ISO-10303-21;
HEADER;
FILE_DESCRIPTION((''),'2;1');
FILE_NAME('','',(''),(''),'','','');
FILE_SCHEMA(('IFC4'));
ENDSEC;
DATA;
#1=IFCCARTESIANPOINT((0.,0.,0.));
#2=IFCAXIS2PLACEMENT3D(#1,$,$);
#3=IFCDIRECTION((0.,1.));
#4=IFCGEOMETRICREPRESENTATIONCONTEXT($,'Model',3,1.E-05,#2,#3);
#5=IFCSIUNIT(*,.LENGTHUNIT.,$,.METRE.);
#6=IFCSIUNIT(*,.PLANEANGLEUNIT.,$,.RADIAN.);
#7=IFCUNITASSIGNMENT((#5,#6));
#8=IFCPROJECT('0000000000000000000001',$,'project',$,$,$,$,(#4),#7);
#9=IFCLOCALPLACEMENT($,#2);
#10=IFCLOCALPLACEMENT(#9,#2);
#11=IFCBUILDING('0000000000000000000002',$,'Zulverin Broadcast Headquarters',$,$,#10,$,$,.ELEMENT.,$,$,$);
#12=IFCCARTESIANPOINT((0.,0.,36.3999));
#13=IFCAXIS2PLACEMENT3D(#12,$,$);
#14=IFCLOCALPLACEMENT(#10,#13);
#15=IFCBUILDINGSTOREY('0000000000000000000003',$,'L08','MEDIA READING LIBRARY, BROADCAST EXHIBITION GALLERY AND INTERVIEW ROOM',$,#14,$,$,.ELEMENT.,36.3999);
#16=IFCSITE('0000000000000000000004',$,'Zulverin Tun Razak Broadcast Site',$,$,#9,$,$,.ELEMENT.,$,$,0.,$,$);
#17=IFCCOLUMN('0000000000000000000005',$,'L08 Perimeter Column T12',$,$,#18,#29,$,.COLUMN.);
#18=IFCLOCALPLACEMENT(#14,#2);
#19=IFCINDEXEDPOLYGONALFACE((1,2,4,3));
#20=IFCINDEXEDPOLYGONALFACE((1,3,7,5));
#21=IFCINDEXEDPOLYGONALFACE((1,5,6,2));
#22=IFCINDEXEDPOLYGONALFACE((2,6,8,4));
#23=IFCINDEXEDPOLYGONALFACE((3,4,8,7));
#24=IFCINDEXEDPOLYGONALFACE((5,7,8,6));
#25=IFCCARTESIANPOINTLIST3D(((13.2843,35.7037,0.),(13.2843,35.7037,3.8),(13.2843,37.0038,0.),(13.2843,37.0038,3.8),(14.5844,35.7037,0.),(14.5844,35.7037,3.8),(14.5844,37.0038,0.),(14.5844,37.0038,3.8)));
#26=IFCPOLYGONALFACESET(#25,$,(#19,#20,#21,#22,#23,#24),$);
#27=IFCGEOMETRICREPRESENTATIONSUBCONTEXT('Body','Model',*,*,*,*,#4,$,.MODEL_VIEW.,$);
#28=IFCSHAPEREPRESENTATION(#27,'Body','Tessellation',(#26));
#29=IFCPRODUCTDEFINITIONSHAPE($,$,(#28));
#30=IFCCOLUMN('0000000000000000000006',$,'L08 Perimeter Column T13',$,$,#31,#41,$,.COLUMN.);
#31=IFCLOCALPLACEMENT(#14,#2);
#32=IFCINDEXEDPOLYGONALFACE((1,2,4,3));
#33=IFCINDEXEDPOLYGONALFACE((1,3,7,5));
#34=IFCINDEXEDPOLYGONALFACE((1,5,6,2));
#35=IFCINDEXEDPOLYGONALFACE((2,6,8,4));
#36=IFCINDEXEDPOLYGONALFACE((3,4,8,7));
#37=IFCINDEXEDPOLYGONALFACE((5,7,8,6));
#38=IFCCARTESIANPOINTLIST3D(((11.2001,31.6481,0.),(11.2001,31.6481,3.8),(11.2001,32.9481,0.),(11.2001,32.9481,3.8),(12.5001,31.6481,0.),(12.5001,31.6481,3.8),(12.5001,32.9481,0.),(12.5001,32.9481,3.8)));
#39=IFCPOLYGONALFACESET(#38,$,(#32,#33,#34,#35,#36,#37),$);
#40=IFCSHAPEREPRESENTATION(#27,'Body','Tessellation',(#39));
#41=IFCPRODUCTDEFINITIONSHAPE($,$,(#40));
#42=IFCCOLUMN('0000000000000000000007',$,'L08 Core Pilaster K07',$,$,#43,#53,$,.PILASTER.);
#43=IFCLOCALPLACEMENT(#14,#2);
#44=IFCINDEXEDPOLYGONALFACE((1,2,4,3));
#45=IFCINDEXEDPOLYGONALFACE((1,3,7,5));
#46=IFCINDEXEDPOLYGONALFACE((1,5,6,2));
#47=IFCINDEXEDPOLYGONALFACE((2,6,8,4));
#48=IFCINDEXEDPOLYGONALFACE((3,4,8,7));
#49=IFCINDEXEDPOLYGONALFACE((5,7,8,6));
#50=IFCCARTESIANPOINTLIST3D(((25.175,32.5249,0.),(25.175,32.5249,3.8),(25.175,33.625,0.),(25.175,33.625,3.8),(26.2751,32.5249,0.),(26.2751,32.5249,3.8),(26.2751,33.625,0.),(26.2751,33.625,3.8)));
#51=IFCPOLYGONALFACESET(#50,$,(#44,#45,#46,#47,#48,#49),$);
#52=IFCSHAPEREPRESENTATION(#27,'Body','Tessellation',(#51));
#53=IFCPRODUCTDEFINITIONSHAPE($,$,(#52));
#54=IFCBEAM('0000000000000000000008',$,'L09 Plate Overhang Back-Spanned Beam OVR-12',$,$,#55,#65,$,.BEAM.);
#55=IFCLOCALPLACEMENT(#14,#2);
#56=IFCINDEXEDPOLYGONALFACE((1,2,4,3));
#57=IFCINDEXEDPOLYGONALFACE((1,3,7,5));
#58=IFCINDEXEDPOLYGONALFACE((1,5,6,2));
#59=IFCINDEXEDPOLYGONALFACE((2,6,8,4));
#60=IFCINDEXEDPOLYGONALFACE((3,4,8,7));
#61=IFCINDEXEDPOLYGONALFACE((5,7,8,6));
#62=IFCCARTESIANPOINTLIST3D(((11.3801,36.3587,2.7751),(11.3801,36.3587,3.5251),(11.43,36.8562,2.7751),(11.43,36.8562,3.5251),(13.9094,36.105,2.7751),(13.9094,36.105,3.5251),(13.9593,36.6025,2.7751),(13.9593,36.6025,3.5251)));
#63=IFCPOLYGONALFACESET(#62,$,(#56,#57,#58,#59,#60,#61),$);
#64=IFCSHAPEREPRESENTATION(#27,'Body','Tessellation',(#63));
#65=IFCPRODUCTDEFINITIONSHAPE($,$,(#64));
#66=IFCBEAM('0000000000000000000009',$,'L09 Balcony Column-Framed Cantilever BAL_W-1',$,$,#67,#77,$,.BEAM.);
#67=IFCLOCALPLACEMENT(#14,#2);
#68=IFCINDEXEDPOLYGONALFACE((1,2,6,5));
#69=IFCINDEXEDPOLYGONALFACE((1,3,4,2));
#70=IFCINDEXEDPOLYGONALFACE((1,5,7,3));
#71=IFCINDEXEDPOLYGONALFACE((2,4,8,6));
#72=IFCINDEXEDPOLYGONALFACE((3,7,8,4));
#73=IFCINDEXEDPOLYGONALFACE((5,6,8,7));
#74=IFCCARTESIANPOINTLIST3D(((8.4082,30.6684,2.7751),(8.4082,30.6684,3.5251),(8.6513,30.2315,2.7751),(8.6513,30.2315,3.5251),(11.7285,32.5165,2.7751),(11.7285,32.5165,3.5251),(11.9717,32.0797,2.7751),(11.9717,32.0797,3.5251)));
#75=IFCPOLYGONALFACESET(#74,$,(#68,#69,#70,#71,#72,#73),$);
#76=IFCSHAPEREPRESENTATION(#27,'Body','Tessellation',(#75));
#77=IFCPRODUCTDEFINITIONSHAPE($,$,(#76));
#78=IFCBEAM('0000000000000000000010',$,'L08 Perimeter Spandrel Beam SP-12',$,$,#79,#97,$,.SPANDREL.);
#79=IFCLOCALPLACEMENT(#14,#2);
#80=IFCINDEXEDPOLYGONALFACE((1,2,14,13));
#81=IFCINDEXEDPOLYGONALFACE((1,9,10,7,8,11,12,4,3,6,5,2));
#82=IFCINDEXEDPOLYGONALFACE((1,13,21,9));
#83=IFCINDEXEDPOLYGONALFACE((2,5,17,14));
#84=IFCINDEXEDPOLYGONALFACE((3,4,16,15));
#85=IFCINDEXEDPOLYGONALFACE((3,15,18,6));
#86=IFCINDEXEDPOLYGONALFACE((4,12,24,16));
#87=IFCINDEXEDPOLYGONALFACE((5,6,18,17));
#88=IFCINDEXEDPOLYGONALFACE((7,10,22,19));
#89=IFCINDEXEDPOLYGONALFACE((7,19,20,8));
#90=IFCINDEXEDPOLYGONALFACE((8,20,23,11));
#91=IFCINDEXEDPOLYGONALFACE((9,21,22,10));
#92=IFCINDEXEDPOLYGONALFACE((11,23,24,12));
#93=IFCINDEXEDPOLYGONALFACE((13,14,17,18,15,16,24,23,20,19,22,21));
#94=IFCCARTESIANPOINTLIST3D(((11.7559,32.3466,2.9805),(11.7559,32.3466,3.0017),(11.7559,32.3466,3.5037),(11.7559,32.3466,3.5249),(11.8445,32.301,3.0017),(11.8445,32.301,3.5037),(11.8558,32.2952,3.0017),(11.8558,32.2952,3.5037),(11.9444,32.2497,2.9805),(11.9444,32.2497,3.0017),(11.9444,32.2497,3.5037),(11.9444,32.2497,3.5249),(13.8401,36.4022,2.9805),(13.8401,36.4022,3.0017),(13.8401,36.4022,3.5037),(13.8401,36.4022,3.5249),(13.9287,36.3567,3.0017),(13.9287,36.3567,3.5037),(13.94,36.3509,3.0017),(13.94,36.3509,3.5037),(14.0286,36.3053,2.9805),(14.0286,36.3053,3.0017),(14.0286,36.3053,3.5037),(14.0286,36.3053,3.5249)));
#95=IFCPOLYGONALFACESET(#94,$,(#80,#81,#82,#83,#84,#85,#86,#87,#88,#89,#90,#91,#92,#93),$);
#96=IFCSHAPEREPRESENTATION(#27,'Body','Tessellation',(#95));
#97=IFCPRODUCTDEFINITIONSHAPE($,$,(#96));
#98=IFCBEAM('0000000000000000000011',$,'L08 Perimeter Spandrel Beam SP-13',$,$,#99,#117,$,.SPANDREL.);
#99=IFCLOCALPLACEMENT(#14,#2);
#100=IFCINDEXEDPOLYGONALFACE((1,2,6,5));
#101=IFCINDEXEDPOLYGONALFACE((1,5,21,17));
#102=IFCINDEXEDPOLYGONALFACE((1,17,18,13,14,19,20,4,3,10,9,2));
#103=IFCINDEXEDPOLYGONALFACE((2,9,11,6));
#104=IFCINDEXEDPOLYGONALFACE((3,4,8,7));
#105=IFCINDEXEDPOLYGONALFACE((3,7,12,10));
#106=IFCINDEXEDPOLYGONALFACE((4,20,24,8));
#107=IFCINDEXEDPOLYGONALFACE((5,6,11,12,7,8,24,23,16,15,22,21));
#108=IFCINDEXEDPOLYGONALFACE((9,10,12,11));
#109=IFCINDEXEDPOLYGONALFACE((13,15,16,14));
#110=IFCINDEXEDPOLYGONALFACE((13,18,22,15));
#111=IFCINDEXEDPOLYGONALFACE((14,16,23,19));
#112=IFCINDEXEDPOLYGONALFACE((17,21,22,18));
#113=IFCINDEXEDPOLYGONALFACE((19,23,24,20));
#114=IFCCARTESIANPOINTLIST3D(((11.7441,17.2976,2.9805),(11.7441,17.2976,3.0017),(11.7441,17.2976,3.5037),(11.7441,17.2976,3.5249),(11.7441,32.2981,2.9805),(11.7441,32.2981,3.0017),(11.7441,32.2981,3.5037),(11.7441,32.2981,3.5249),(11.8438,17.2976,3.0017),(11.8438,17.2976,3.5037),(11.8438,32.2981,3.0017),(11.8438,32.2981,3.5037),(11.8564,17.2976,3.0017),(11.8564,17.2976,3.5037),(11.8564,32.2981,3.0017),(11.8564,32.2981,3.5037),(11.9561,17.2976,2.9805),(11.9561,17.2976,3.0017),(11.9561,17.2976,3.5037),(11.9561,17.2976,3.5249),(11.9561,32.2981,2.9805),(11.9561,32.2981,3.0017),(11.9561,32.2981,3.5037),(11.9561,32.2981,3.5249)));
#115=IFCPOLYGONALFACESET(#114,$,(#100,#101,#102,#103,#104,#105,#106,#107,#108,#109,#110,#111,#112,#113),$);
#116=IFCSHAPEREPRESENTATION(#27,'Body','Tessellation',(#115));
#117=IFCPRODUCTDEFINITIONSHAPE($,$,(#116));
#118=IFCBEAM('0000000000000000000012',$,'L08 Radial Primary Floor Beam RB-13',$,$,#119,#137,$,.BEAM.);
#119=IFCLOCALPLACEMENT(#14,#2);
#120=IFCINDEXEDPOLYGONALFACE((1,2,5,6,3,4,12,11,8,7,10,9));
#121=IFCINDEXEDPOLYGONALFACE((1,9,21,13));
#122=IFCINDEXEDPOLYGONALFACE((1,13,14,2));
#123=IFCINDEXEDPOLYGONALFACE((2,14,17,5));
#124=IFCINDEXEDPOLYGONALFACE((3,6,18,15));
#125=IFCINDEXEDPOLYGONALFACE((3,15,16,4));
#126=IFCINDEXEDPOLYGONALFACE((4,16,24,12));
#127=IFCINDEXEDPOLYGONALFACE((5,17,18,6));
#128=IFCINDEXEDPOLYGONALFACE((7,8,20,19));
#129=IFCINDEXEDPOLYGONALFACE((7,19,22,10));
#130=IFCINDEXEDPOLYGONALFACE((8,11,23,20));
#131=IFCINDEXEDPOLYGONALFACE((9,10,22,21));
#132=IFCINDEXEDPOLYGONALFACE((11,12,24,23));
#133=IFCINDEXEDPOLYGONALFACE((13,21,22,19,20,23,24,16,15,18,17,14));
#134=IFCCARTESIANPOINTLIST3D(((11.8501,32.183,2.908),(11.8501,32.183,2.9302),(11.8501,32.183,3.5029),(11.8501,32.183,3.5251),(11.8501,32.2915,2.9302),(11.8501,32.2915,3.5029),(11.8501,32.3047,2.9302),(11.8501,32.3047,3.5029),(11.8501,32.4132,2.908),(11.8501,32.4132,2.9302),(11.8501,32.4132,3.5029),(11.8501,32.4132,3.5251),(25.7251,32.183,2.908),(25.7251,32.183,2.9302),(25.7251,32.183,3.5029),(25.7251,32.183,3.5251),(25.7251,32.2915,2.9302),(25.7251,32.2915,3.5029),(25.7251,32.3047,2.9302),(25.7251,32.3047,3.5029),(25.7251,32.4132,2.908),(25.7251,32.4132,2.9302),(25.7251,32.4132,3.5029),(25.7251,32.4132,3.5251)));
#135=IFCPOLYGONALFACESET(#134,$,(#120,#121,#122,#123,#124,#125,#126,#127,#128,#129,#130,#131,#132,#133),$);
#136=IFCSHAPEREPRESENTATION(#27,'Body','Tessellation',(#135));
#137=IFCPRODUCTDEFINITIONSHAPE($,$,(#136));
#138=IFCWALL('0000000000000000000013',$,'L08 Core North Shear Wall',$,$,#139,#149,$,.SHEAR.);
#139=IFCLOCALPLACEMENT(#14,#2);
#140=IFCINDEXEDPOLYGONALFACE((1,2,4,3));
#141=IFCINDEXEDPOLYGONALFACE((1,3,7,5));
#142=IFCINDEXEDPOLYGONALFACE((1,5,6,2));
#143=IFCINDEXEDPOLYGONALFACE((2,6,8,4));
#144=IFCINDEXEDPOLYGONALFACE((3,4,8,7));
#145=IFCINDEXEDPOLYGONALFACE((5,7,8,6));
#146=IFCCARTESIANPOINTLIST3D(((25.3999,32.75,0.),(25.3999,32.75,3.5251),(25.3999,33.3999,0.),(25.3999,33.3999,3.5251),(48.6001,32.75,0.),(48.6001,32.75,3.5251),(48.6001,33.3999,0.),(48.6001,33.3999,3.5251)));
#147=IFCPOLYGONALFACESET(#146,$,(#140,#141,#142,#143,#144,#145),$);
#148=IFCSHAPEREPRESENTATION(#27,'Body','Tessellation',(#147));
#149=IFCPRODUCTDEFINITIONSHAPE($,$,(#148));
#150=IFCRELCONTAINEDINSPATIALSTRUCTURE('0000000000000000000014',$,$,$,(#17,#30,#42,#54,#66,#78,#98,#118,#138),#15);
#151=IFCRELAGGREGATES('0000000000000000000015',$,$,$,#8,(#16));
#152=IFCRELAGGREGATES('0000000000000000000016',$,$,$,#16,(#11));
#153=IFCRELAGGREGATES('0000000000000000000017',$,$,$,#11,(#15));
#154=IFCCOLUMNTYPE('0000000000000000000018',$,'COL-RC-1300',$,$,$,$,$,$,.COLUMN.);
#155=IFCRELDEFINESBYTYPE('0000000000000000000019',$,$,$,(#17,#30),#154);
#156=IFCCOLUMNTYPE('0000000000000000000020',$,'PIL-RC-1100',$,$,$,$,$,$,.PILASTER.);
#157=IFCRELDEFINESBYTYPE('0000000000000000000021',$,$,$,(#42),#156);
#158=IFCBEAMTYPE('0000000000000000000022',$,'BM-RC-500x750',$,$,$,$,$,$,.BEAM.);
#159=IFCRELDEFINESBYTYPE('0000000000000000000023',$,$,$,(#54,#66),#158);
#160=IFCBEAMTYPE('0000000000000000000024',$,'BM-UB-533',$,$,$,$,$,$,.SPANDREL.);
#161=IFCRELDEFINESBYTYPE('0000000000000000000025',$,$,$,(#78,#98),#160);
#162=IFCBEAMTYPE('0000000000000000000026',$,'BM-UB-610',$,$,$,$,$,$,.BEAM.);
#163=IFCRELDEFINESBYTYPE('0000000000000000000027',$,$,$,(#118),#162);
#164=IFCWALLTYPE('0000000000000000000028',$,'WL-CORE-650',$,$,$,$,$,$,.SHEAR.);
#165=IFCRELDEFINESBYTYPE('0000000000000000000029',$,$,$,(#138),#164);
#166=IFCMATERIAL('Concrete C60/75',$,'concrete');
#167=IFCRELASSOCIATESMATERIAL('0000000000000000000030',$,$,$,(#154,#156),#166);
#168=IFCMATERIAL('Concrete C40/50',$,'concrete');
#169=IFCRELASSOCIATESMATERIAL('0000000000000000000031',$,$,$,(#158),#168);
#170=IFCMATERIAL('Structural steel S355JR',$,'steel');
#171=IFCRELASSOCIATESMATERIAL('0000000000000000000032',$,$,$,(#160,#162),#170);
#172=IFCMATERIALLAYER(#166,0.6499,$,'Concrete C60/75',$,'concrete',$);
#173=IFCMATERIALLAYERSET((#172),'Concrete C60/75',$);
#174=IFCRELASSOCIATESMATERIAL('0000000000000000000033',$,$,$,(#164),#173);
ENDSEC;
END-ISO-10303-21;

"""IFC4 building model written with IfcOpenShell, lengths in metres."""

from ifc_helpers import new_model, si_unit, direction, frame, frame_2d, origin, origin_2d, place, context, subcontext, project, spatial, rectangle, i_section, extrude, material, layer, layer_set, material_profile, profile_set, type_object, element, save


model = new_model("IFC4")

# Units and contexts
model_context = context("Model", 3, precision=1e-05, world=origin(), true_north=direction((0.0, 1.0)))
body_context = subcontext(model_context, "Body", "Model", "MODEL_VIEW")
ifc_project = project(units=[si_unit("LENGTHUNIT", "METRE"), si_unit("PLANEANGLEUNIT", "RADIAN")], contexts=[model_context])

# Site, building, storey
site_placement = place(None, origin())
site = spatial("IfcSite", under=ifc_project, at=site_placement, Name="Zulverin Tun Razak Broadcast Site", CompositionType="ELEMENT", RefElevation=0.0)
building_placement = place(site_placement, origin())
building = spatial("IfcBuilding", under=site, at=building_placement, Name="Zulverin Broadcast Headquarters", CompositionType="ELEMENT")
storey_placement = place(building_placement, frame((0.0, 0.0, 36.3999)))
storey = spatial("IfcBuildingStorey", under=building, at=storey_placement, Name="L08", Description="MEDIA READING LIBRARY, BROADCAST EXHIBITION GALLERY AND INTERVIEW ROOM", CompositionType="ELEMENT", Elevation=36.3999)

# Columns
ifc_material_1 = material(Name="Concrete C60/75", Category="concrete")
ifc_material_profile_1 = material_profile(ifc_material_1, rectangle(XDim=1.3, YDim=1.3, at=origin_2d()), Name="Concrete C60/75", Category="concrete")
ifc_profile_set_1 = profile_set([ifc_material_profile_1], Name="Concrete C60/75")
column_type_1 = type_object("IfcColumnType", Name="COL-RC-1300", PredefinedType="COLUMN", material=ifc_profile_set_1)
for number, where, z_axis, x_axis, name in (
    (1, (13.9343, 36.3538, 0.0), (0.0, 0.0, 1.0), (1.0, 0.0, 0.0), "L08 Perimeter Column T12"),
    (2, (11.8501, 32.2981, 0.0), (0.0, 0.0, 1.0), (1.0, 0.0, 0.0), "L08 Perimeter Column T13"),
):
    element("IfcColumn", number, at=place(storey_placement, frame(where, z_axis=z_axis, x_axis=x_axis)), inside=storey, type_object=column_type_1, Name=name, PredefinedType="COLUMN", context=body_context, shape_type="SweptSolid", body=[
        extrude(rectangle(XDim=1.3, YDim=1.3, at=origin_2d()), origin(), (0.0, 0.0, 1.0), 3.8),
    ])
ifc_material_profile_2 = material_profile(ifc_material_1, rectangle(XDim=1.1001, YDim=1.1001, at=origin_2d()), Name="Concrete C60/75", Category="concrete")
ifc_profile_set_2 = profile_set([ifc_material_profile_2], Name="Concrete C60/75")
column_type_2 = type_object("IfcColumnType", Name="PIL-RC-1100", PredefinedType="PILASTER", material=ifc_profile_set_2)
column_placement = place(storey_placement, frame((25.7251, 33.075, 0.0), z_axis=(0.0, 0.0, 1.0), x_axis=(1.0, 0.0, 0.0)))
element("IfcColumn", 3, at=column_placement, inside=storey, type_object=column_type_2, Name="L08 Core Pilaster K07", PredefinedType="PILASTER", context=body_context, shape_type="SweptSolid", body=[
    extrude(rectangle(XDim=1.1001, YDim=1.1001, at=origin_2d()), origin(), (0.0, 0.0, 1.0), 3.8),
])

# Beams
ifc_material_2 = material(Name="Concrete C40/50", Category="concrete")
ifc_material_profile_3 = material_profile(ifc_material_2, rectangle(XDim=0.5, YDim=0.75, at=origin_2d()), Name="Concrete C40/50", Category="concrete")
ifc_profile_set_3 = profile_set([ifc_material_profile_3], Name="Concrete C40/50")
beam_type_1 = type_object("IfcBeamType", Name="BM-RC-500x750", PredefinedType="BEAM", material=ifc_profile_set_3)
beam_1_placement = place(storey_placement, frame((13.9343, 36.3538, 3.1501), z_axis=(-0.995009, 0.099789, 0.0), x_axis=(-0.099789, -0.995009, 0.0)))
element("IfcBeam", 4, at=beam_1_placement, inside=storey, type_object=beam_type_1, Name="L09 Plate Overhang Back-Spanned Beam OVR-12", PredefinedType="BEAM", context=body_context, shape_type="SweptSolid", body=[
    extrude(rectangle(XDim=0.5, YDim=0.75, at=origin_2d()), origin(), (0.0, 0.0, 1.0), 2.542),
])
beam_2_placement = place(storey_placement, frame((11.8501, 32.2981, 3.1501), z_axis=(-0.873763, -0.486352, 0.0), x_axis=(0.486352, -0.873763, 0.0)))
element("IfcBeam", 5, at=beam_2_placement, inside=storey, type_object=beam_type_1, Name="L09 Balcony Column-Framed Cantilever BAL_W-1", PredefinedType="BEAM", context=body_context, shape_type="SweptSolid", body=[
    extrude(rectangle(XDim=0.5, YDim=0.75, at=origin_2d()), origin(), (0.0, 0.0, 1.0), 3.8),
])
ifc_material_3 = material(Name="Structural steel S355JR", Category="steel")
ifc_material_profile_4 = material_profile(ifc_material_3, i_section(OverallWidth=0.2119, OverallDepth=0.5444, WebThickness=0.0127, FlangeThickness=0.0212, at=origin_2d()), Name="Structural steel S355JR", Category="steel")
ifc_profile_set_4 = profile_set([ifc_material_profile_4], Name="Structural steel S355JR")
beam_type_2 = type_object("IfcBeamType", Name="BM-UB-533", PredefinedType="SPANDREL", material=ifc_profile_set_4)
beam_3_placement = place(storey_placement, frame((13.9343, 36.3538, 3.2527), z_axis=(-0.457081, -0.889425, 0.0), x_axis=(0.889425, -0.457081, 0.0)))
element("IfcBeam", 6, at=beam_3_placement, inside=storey, type_object=beam_type_2, Name="L08 Perimeter Spandrel Beam SP-12", PredefinedType="SPANDREL", context=body_context, shape_type="SweptSolid", body=[
    extrude(i_section(OverallWidth=0.2119, OverallDepth=0.5444, WebThickness=0.0127, FlangeThickness=0.0212, at=origin_2d()), origin(), (0.0, 0.0, 1.0), 4.5598),
])
beam_4_placement = place(storey_placement, frame((11.8501, 32.2981, 3.2527), z_axis=(0.0, -1.0, 0.0), x_axis=(1.0, 0.0, 0.0)))
element("IfcBeam", 7, at=beam_4_placement, inside=storey, type_object=beam_type_2, Name="L08 Perimeter Spandrel Beam SP-13", PredefinedType="SPANDREL", context=body_context, shape_type="SweptSolid", body=[
    extrude(i_section(OverallWidth=0.2119, OverallDepth=0.5444, WebThickness=0.0127, FlangeThickness=0.0212, at=origin_2d()), origin(), (0.0, 0.0, 1.0), 15.0005),
])
ifc_material_profile_5 = material_profile(ifc_material_3, i_section(OverallWidth=0.2302, OverallDepth=0.6172, WebThickness=0.0132, FlangeThickness=0.0222, at=origin_2d()), Name="Structural steel S355JR", Category="steel")
ifc_profile_set_5 = profile_set([ifc_material_profile_5], Name="Structural steel S355JR")
beam_type_3 = type_object("IfcBeamType", Name="BM-UB-610", PredefinedType="BEAM", material=ifc_profile_set_5)
beam_5_placement = place(storey_placement, frame((25.7251, 32.2981, 3.2166), z_axis=(-1.0, 0.0, 0.0), x_axis=(0.0, -1.0, 0.0)))
element("IfcBeam", 8, at=beam_5_placement, inside=storey, type_object=beam_type_3, Name="L08 Radial Primary Floor Beam RB-13", PredefinedType="BEAM", context=body_context, shape_type="SweptSolid", body=[
    extrude(i_section(OverallWidth=0.2302, OverallDepth=0.6172, WebThickness=0.0132, FlangeThickness=0.0222, at=origin_2d()), origin(), (0.0, 0.0, 1.0), 13.875),
])

# Wall
ifc_layer_1 = layer(ifc_material_1, 0.6499, Name="Concrete C60/75", Category="concrete")
ifc_layer_set_1 = layer_set([ifc_layer_1], Name="Concrete C60/75")
wall_type_1 = type_object("IfcWallType", Name="WL-CORE-650", PredefinedType="SHEAR", material=ifc_layer_set_1)
wall_1_placement = place(storey_placement, frame((25.3999, 33.075, 0.0), z_axis=(0.0, 0.0, 1.0), x_axis=(1.0, 0.0, 0.0)))
element("IfcWall", 9, at=wall_1_placement, inside=storey, type_object=wall_type_1, Name="L08 Core North Shear Wall", PredefinedType="SHEAR", context=body_context, shape_type="SweptSolid", body=[
    extrude(rectangle(XDim=23.2002, YDim=0.6499, at=frame_2d((11.6001, 0.0))), origin(), (0.0, 0.0, 1.0), 3.5251),
])

save(model, "model.ifc")
